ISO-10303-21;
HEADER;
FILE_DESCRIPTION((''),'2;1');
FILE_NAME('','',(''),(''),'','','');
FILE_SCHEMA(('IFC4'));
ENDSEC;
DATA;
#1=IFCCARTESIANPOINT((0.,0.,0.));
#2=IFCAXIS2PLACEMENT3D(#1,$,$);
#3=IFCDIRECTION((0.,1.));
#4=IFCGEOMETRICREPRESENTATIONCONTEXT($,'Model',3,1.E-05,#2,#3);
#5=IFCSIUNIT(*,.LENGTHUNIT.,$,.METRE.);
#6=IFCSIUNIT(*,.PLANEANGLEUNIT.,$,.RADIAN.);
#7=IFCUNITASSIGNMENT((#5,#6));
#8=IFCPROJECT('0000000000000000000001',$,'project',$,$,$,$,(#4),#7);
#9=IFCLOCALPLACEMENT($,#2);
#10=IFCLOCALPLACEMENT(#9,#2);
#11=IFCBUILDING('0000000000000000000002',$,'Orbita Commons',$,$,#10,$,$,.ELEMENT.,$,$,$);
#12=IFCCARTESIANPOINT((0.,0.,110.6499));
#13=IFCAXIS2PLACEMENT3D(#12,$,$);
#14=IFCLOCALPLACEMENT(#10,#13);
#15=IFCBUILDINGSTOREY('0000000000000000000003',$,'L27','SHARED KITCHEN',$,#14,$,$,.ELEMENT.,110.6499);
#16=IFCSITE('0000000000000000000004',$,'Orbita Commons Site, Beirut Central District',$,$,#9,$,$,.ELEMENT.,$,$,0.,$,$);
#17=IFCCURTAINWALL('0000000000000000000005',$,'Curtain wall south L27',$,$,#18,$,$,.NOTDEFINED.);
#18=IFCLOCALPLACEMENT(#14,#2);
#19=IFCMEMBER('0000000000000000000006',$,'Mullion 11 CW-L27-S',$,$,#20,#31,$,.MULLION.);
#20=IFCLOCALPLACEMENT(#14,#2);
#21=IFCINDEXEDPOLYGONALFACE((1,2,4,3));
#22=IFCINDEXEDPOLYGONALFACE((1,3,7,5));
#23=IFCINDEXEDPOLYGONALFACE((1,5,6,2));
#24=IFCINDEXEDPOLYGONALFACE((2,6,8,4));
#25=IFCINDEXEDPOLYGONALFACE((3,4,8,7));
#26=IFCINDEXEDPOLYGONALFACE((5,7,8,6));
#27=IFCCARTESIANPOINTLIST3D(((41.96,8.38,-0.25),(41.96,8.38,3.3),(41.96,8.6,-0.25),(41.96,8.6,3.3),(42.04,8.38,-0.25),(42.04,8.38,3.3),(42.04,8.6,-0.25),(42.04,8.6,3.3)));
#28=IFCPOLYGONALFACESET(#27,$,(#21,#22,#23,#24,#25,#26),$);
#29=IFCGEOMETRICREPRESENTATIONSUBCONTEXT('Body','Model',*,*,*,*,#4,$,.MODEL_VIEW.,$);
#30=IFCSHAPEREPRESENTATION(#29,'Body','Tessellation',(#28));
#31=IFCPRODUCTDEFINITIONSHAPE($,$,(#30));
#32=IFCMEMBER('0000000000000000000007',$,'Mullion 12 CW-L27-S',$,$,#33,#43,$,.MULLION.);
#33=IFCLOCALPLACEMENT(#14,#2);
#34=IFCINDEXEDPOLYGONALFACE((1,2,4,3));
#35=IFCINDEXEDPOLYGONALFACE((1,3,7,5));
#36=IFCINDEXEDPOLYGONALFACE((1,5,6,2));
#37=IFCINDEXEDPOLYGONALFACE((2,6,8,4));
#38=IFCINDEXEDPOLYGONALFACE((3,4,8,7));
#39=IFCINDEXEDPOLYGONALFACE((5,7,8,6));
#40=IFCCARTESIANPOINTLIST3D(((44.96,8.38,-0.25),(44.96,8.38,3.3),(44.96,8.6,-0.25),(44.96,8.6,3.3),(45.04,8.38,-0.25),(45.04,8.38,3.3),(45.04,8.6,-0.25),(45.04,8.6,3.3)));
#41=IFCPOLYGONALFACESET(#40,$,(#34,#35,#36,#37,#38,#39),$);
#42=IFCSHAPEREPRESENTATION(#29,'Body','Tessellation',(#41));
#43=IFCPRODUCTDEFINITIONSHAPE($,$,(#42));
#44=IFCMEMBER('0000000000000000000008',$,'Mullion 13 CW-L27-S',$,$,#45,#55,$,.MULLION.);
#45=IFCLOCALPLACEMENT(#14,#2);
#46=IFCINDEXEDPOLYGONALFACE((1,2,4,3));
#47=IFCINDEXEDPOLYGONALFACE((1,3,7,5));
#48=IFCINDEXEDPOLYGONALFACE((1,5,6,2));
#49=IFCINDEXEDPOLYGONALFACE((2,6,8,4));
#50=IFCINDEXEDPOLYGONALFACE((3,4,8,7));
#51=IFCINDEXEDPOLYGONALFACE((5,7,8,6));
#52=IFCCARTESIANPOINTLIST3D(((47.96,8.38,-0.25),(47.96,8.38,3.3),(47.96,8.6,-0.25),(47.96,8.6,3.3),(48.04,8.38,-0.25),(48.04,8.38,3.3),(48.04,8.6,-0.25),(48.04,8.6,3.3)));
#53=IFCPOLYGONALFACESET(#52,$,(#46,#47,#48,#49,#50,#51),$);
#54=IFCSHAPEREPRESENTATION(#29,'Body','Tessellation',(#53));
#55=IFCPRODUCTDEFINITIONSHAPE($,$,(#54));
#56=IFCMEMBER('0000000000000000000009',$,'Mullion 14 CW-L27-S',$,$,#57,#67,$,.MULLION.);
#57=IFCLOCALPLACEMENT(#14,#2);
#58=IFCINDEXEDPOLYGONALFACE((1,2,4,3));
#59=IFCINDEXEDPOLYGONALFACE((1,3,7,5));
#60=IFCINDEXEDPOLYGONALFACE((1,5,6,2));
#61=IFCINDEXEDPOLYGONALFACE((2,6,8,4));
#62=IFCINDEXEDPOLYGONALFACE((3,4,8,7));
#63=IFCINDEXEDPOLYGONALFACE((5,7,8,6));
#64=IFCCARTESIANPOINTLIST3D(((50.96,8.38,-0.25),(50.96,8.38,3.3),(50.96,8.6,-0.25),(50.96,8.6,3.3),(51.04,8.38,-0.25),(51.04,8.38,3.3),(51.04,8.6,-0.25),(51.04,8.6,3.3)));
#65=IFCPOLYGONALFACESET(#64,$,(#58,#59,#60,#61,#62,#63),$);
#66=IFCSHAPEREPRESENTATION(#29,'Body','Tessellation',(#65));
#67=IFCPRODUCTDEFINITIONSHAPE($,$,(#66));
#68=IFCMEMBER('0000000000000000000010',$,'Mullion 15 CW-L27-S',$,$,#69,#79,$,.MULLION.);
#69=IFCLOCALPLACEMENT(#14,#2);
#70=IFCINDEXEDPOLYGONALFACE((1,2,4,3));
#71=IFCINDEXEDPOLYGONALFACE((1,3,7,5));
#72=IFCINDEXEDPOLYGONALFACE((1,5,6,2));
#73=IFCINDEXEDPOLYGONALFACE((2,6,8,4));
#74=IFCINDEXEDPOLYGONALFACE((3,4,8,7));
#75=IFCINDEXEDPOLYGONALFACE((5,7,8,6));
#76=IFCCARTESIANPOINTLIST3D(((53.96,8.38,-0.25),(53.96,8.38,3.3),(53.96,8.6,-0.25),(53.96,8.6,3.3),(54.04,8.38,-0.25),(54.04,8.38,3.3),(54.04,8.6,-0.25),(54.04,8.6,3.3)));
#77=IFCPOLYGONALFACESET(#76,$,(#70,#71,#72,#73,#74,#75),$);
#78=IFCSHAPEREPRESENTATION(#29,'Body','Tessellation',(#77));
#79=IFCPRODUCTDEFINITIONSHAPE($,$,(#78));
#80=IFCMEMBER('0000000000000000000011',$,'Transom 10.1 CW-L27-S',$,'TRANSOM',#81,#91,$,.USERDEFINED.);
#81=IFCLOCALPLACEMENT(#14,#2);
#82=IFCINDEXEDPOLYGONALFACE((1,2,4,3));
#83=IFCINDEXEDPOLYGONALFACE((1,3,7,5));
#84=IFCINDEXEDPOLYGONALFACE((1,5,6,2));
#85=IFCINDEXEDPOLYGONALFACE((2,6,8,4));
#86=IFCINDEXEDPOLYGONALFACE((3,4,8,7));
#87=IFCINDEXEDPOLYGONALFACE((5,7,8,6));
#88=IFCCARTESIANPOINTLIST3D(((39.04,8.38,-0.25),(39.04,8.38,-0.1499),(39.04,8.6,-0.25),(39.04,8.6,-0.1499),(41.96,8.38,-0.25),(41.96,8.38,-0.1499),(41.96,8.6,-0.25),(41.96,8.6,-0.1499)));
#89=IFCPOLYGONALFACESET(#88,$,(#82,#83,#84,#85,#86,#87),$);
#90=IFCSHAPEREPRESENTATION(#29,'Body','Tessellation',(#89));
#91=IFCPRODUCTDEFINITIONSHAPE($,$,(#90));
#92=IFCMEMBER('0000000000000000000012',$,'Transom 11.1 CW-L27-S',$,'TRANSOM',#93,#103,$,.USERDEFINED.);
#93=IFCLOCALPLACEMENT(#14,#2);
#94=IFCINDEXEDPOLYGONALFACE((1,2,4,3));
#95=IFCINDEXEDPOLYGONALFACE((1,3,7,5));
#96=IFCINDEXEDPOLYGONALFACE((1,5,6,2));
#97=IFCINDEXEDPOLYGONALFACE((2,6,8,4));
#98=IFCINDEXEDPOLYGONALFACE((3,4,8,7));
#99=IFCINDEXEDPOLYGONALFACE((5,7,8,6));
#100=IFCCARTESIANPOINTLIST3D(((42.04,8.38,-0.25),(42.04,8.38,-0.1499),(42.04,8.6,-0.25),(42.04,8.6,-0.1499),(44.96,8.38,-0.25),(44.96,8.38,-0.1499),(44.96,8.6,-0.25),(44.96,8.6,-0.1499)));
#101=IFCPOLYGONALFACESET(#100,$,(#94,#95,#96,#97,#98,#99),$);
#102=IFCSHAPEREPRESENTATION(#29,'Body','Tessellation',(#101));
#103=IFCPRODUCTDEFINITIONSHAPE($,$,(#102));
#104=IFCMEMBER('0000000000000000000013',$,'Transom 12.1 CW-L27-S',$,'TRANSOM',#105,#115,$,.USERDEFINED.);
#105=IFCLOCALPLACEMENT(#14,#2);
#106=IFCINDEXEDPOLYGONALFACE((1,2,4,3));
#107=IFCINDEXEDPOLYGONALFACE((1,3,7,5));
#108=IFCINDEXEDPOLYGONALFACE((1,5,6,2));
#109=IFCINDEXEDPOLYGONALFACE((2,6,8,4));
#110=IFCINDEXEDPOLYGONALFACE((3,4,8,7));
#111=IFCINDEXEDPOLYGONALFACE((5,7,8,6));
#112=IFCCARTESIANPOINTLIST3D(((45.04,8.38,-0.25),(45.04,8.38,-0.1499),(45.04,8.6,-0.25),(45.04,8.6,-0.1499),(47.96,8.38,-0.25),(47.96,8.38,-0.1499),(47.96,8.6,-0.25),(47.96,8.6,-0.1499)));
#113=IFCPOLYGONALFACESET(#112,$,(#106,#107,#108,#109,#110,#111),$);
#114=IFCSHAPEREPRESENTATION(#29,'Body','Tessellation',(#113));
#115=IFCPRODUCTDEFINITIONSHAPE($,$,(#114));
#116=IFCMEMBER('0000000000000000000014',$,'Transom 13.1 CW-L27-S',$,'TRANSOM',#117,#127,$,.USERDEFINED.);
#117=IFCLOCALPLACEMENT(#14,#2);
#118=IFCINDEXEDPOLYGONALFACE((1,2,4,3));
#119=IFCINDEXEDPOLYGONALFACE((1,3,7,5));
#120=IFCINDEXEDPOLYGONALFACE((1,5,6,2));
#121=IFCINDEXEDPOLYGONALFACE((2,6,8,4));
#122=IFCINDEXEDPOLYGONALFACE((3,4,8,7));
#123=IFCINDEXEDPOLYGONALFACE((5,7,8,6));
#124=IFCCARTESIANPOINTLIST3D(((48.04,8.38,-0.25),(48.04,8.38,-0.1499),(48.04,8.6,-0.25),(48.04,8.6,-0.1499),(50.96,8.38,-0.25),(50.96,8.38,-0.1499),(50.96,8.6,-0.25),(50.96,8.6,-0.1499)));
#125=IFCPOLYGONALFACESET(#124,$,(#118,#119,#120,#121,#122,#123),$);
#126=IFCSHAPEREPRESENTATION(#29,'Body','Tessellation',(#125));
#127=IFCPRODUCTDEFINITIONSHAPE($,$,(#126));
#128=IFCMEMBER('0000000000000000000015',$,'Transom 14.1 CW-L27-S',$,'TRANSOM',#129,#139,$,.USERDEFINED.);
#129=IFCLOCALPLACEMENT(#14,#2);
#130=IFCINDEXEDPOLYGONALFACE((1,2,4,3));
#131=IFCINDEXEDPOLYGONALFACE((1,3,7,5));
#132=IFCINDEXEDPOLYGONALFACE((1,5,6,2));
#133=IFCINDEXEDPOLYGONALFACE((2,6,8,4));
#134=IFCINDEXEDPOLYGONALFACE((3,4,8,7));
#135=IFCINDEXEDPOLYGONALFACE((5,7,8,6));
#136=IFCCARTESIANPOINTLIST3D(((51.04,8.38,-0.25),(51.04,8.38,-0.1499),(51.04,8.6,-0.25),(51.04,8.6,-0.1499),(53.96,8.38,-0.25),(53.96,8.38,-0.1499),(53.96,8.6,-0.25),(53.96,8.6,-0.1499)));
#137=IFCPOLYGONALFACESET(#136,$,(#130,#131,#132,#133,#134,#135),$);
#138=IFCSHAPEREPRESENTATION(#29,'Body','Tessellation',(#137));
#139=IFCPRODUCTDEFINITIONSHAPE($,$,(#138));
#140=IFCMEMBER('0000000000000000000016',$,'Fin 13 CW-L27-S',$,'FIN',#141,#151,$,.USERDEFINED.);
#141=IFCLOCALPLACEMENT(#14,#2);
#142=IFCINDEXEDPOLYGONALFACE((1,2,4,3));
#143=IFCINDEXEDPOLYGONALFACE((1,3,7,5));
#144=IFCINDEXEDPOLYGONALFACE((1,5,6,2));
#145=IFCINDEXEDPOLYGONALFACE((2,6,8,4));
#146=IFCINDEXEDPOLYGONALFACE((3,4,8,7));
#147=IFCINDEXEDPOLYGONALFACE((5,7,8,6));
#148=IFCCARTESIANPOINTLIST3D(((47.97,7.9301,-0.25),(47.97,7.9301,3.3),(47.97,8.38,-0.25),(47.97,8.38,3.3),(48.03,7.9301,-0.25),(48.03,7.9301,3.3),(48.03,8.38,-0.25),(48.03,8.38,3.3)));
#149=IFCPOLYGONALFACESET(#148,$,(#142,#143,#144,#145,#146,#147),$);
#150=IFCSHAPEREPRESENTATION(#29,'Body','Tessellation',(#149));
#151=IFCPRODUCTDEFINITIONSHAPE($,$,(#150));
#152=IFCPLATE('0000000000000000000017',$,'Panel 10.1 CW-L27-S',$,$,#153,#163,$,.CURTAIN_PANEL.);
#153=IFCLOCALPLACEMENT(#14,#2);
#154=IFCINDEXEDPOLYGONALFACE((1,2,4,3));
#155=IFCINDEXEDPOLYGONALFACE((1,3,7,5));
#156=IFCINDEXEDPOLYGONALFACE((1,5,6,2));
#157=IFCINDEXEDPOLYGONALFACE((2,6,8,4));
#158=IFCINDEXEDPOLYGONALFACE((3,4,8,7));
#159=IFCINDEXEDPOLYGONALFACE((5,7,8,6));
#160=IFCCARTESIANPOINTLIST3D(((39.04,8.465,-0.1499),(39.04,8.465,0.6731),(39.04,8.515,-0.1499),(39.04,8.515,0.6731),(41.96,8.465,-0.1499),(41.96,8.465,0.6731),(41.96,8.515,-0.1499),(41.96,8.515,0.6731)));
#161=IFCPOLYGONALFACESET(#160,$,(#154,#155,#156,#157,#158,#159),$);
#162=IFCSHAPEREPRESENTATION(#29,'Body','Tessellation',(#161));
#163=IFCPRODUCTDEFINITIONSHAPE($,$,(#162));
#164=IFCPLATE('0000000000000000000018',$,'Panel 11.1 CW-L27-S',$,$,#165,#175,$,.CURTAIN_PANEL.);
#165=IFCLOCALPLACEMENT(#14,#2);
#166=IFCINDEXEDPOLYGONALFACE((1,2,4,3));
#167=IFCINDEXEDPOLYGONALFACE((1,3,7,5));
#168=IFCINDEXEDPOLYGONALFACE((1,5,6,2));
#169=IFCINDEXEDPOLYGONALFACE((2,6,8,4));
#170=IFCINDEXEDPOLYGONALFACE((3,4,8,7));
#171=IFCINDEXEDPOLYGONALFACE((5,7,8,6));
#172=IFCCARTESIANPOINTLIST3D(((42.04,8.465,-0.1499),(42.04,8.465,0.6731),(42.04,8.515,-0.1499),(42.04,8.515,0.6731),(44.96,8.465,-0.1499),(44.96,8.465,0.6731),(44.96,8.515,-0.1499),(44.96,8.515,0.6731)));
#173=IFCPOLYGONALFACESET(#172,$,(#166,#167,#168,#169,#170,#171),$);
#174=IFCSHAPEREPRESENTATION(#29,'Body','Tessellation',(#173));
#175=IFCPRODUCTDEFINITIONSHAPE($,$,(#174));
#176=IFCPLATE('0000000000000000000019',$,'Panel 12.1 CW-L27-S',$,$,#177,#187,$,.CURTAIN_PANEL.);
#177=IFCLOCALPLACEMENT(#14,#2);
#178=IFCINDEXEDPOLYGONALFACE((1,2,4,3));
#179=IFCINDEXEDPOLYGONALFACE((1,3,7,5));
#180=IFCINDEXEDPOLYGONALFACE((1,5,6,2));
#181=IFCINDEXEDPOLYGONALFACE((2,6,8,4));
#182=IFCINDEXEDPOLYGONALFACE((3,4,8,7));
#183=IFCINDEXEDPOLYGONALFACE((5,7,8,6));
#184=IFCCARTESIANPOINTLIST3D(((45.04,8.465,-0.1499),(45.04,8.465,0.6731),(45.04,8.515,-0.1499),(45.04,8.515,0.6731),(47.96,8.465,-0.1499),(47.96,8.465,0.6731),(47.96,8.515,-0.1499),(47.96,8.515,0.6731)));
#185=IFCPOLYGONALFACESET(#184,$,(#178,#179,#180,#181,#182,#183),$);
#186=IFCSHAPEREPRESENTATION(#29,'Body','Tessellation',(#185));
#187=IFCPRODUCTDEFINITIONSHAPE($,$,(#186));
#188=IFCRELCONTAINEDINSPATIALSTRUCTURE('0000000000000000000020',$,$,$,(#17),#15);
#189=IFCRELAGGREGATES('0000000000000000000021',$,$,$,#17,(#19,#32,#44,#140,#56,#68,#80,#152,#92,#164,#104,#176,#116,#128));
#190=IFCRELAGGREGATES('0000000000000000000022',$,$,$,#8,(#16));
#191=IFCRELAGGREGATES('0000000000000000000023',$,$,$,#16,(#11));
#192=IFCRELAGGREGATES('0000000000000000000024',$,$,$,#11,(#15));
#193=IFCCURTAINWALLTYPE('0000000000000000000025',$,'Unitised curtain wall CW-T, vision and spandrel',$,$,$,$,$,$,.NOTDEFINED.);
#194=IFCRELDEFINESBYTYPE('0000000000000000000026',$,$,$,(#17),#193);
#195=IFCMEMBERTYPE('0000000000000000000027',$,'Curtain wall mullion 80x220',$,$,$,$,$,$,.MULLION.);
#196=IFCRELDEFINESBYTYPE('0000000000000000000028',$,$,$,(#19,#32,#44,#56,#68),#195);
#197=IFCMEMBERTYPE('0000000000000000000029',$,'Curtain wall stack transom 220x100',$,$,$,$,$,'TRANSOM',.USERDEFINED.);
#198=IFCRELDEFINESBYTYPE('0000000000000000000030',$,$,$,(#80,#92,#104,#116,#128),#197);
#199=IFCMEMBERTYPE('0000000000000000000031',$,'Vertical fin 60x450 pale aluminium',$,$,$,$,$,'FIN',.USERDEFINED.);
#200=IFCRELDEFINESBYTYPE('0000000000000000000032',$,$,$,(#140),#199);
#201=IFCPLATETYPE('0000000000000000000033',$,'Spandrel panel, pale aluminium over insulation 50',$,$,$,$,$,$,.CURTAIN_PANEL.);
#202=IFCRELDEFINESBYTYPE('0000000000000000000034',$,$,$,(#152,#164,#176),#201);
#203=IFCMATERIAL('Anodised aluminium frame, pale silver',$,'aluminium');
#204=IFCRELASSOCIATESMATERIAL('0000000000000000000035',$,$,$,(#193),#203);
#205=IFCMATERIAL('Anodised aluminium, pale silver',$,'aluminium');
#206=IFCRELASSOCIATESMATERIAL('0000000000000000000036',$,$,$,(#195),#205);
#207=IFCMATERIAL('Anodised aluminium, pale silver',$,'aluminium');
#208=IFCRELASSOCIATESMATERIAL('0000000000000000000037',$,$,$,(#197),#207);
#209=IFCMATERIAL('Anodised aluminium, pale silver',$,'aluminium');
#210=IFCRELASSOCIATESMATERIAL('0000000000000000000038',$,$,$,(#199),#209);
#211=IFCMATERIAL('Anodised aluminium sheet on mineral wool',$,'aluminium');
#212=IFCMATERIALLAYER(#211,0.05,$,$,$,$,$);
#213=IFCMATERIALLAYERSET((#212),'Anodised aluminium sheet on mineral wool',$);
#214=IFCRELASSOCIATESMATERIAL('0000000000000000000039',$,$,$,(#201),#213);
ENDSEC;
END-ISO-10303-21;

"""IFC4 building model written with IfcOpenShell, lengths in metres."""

from ifc_helpers import new_model, si_unit, direction, frame, origin, origin_2d, place, context, subcontext, project, spatial, rectangle, extrude, material, layer, layer_set, material_profile, profile_set, type_object, element, aggregate, save


model = new_model("IFC4")

# Units and contexts
model_context = context("Model", 3, precision=1e-05, world=origin(), true_north=direction((0.0, 1.0)))
body_context = subcontext(model_context, "Body", "Model", "MODEL_VIEW")
ifc_project = project(units=[si_unit("LENGTHUNIT", "METRE"), si_unit("PLANEANGLEUNIT", "RADIAN")], contexts=[model_context])

# Site, building, storey
site_placement = place(None, origin())
site = spatial("IfcSite", under=ifc_project, at=site_placement, Name="Orbita Commons Site, Beirut Central District", CompositionType="ELEMENT", RefElevation=0.0)
building_placement = place(site_placement, origin())
building = spatial("IfcBuilding", under=site, at=building_placement, Name="Orbita Commons", CompositionType="ELEMENT")
storey_placement = place(building_placement, frame((0.0, 0.0, 110.6499)))
storey = spatial("IfcBuildingStorey", under=building, at=storey_placement, Name="L27", Description="SHARED KITCHEN", CompositionType="ELEMENT", Elevation=110.6499)

# Curtain wall, members, plates
ifc_material_1 = material(Name="Anodised aluminium frame, pale silver", Category="aluminium")
curtain_wall_type = type_object("IfcCurtainWallType", Name="Unitised curtain wall CW-T, vision and spandrel", PredefinedType="NOTDEFINED", material=ifc_material_1)
curtain_wall_placement = place(storey_placement, origin())
curtain_wall = element("IfcCurtainWall", 1, at=curtain_wall_placement, inside=storey, type_object=curtain_wall_type, Name="Curtain wall south L27", PredefinedType="NOTDEFINED")
ifc_material_2 = material(Name="Anodised aluminium, pale silver", Category="aluminium")
ifc_material_profile_1 = material_profile(ifc_material_2, rectangle(XDim=0.0801, YDim=0.22, at=origin_2d()), Name="AL 80x220")
ifc_profile_set_1 = profile_set([ifc_material_profile_1], Name="Anodised aluminium, pale silver")
member_type_1 = type_object("IfcMemberType", Name="Curtain wall mullion 80x220", PredefinedType="MULLION", material=ifc_profile_set_1)
member_1_placement = place(storey_placement, frame((42.0, 8.49, -0.25), z_axis=(0.0, 0.0, 1.0), x_axis=(1.0, 0.0, 0.0)))
member_1 = element("IfcMember", 2, at=member_1_placement, type_object=member_type_1, Name="Mullion 11 CW-L27-S", PredefinedType="MULLION", context=body_context, shape_type="SweptSolid", body=[
    extrude(rectangle(XDim=0.0801, YDim=0.22, at=origin_2d()), origin(), (0.0, 0.0, 1.0), 3.55),
])
member_2_placement = place(storey_placement, frame((45.0, 8.49, -0.25), z_axis=(0.0, 0.0, 1.0), x_axis=(1.0, 0.0, 0.0)))
member_2 = element("IfcMember", 3, at=member_2_placement, type_object=member_type_1, Name="Mullion 12 CW-L27-S", PredefinedType="MULLION", context=body_context, shape_type="SweptSolid", body=[
    extrude(rectangle(XDim=0.0801, YDim=0.22, at=origin_2d()), origin(), (0.0, 0.0, 1.0), 3.55),
])
member_3_placement = place(storey_placement, frame((48.0, 8.49, -0.25), z_axis=(0.0, 0.0, 1.0), x_axis=(1.0, 0.0, 0.0)))
member_3 = element("IfcMember", 4, at=member_3_placement, type_object=member_type_1, Name="Mullion 13 CW-L27-S", PredefinedType="MULLION", context=body_context, shape_type="SweptSolid", body=[
    extrude(rectangle(XDim=0.0801, YDim=0.22, at=origin_2d()), origin(), (0.0, 0.0, 1.0), 3.55),
])
member_4_placement = place(storey_placement, frame((51.0, 8.49, -0.25), z_axis=(0.0, 0.0, 1.0), x_axis=(1.0, 0.0, 0.0)))
member_4 = element("IfcMember", 5, at=member_4_placement, type_object=member_type_1, Name="Mullion 14 CW-L27-S", PredefinedType="MULLION", context=body_context, shape_type="SweptSolid", body=[
    extrude(rectangle(XDim=0.0801, YDim=0.22, at=origin_2d()), origin(), (0.0, 0.0, 1.0), 3.55),
])
member_5_placement = place(storey_placement, frame((54.0, 8.49, -0.25), z_axis=(0.0, 0.0, 1.0), x_axis=(1.0, 0.0, 0.0)))
member_5 = element("IfcMember", 6, at=member_5_placement, type_object=member_type_1, Name="Mullion 15 CW-L27-S", PredefinedType="MULLION", context=body_context, shape_type="SweptSolid", body=[
    extrude(rectangle(XDim=0.0801, YDim=0.22, at=origin_2d()), origin(), (0.0, 0.0, 1.0), 3.55),
])
ifc_material_3 = material(Name="Anodised aluminium, pale silver", Category="aluminium")
ifc_material_profile_2 = material_profile(ifc_material_3, rectangle(XDim=0.22, YDim=0.1001, at=origin_2d()), Name="AL 220x100")
ifc_profile_set_2 = profile_set([ifc_material_profile_2], Name="Anodised aluminium, pale silver")
member_type_2 = type_object("IfcMemberType", Name="Curtain wall stack transom 220x100", ElementType="TRANSOM", PredefinedType="USERDEFINED", material=ifc_profile_set_2)
member_6_placement = place(storey_placement, frame((39.04, 8.49, -0.2), z_axis=(1.0, 0.0, 0.0), x_axis=(0.0, 1.0, 0.0)))
member_6 = element("IfcMember", 7, at=member_6_placement, type_object=member_type_2, Name="Transom 10.1 CW-L27-S", ObjectType="TRANSOM", PredefinedType="USERDEFINED", context=body_context, shape_type="SweptSolid", body=[
    extrude(rectangle(XDim=0.22, YDim=0.1001, at=origin_2d()), origin(), (0.0, 0.0, 1.0), 2.9199),
])
member_7_placement = place(storey_placement, frame((42.04, 8.49, -0.2), z_axis=(1.0, 0.0, 0.0), x_axis=(0.0, 1.0, 0.0)))
member_7 = element("IfcMember", 8, at=member_7_placement, type_object=member_type_2, Name="Transom 11.1 CW-L27-S", ObjectType="TRANSOM", PredefinedType="USERDEFINED", context=body_context, shape_type="SweptSolid", body=[
    extrude(rectangle(XDim=0.22, YDim=0.1001, at=origin_2d()), origin(), (0.0, 0.0, 1.0), 2.9199),
])
member_8_placement = place(storey_placement, frame((45.04, 8.49, -0.2), z_axis=(1.0, 0.0, 0.0), x_axis=(0.0, 1.0, 0.0)))
member_8 = element("IfcMember", 9, at=member_8_placement, type_object=member_type_2, Name="Transom 12.1 CW-L27-S", ObjectType="TRANSOM", PredefinedType="USERDEFINED", context=body_context, shape_type="SweptSolid", body=[
    extrude(rectangle(XDim=0.22, YDim=0.1001, at=origin_2d()), origin(), (0.0, 0.0, 1.0), 2.9199),
])
member_9_placement = place(storey_placement, frame((48.04, 8.49, -0.2), z_axis=(1.0, 0.0, 0.0), x_axis=(0.0, 1.0, 0.0)))
member_9 = element("IfcMember", 10, at=member_9_placement, type_object=member_type_2, Name="Transom 13.1 CW-L27-S", ObjectType="TRANSOM", PredefinedType="USERDEFINED", context=body_context, shape_type="SweptSolid", body=[
    extrude(rectangle(XDim=0.22, YDim=0.1001, at=origin_2d()), origin(), (0.0, 0.0, 1.0), 2.9199),
])
member_10_placement = place(storey_placement, frame((51.04, 8.49, -0.2), z_axis=(1.0, 0.0, 0.0), x_axis=(0.0, 1.0, 0.0)))
member_10 = element("IfcMember", 11, at=member_10_placement, type_object=member_type_2, Name="Transom 14.1 CW-L27-S", ObjectType="TRANSOM", PredefinedType="USERDEFINED", context=body_context, shape_type="SweptSolid", body=[
    extrude(rectangle(XDim=0.22, YDim=0.1001, at=origin_2d()), origin(), (0.0, 0.0, 1.0), 2.9199),
])
ifc_material_4 = material(Name="Anodised aluminium, pale silver", Category="aluminium")
ifc_material_profile_3 = material_profile(ifc_material_4, rectangle(XDim=0.0601, YDim=0.45, at=origin_2d()), Name="FIN 60x450")
ifc_profile_set_3 = profile_set([ifc_material_profile_3], Name="Anodised aluminium, pale silver")
member_type_3 = type_object("IfcMemberType", Name="Vertical fin 60x450 pale aluminium", ElementType="FIN", PredefinedType="USERDEFINED", material=ifc_profile_set_3)
member_11_placement = place(storey_placement, frame((48.0, 8.155, -0.25), z_axis=(0.0, 0.0, 1.0), x_axis=(1.0, 0.0, 0.0)))
member_11 = element("IfcMember", 12, at=member_11_placement, type_object=member_type_3, Name="Fin 13 CW-L27-S", ObjectType="FIN", PredefinedType="USERDEFINED", context=body_context, shape_type="SweptSolid", body=[
    extrude(rectangle(XDim=0.0601, YDim=0.45, at=origin_2d()), origin(), (0.0, 0.0, 1.0), 3.55),
])
ifc_material_5 = material(Name="Anodised aluminium sheet on mineral wool", Category="aluminium")
ifc_layer_1 = layer(ifc_material_5, 0.05)
ifc_layer_set_1 = layer_set([ifc_layer_1], Name="Anodised aluminium sheet on mineral wool")
plate_type_1 = type_object("IfcPlateType", Name="Spandrel panel, pale aluminium over insulation 50", PredefinedType="CURTAIN_PANEL", material=ifc_layer_set_1)
plate_1_placement = place(storey_placement, frame((40.5, 8.49, -0.1499), z_axis=(0.0, 0.0, 1.0), x_axis=(1.0, 0.0, 0.0)))
plate_1 = element("IfcPlate", 13, at=plate_1_placement, type_object=plate_type_1, Name="Panel 10.1 CW-L27-S", PredefinedType="CURTAIN_PANEL", context=body_context, shape_type="SweptSolid", body=[
    extrude(rectangle(XDim=2.9199, YDim=0.05, at=origin_2d()), origin(), (0.0, 0.0, 1.0), 0.823),
])
plate_2_placement = place(storey_placement, frame((43.5, 8.49, -0.1499), z_axis=(0.0, 0.0, 1.0), x_axis=(1.0, 0.0, 0.0)))
plate_2 = element("IfcPlate", 14, at=plate_2_placement, type_object=plate_type_1, Name="Panel 11.1 CW-L27-S", PredefinedType="CURTAIN_PANEL", context=body_context, shape_type="SweptSolid", body=[
    extrude(rectangle(XDim=2.9199, YDim=0.05, at=origin_2d()), origin(), (0.0, 0.0, 1.0), 0.823),
])
plate_3_placement = place(storey_placement, frame((46.5, 8.49, -0.1499), z_axis=(0.0, 0.0, 1.0), x_axis=(1.0, 0.0, 0.0)))
plate_3 = element("IfcPlate", 15, at=plate_3_placement, type_object=plate_type_1, Name="Panel 12.1 CW-L27-S", PredefinedType="CURTAIN_PANEL", context=body_context, shape_type="SweptSolid", body=[
    extrude(rectangle(XDim=2.9199, YDim=0.05, at=origin_2d()), origin(), (0.0, 0.0, 1.0), 0.823),
])
aggregate(curtain_wall, [member_1, member_2, member_3, member_11, member_4, member_5, member_6, plate_1, member_7, plate_2, member_8, plate_3, member_9, member_10])

save(model, "model.ifc")
